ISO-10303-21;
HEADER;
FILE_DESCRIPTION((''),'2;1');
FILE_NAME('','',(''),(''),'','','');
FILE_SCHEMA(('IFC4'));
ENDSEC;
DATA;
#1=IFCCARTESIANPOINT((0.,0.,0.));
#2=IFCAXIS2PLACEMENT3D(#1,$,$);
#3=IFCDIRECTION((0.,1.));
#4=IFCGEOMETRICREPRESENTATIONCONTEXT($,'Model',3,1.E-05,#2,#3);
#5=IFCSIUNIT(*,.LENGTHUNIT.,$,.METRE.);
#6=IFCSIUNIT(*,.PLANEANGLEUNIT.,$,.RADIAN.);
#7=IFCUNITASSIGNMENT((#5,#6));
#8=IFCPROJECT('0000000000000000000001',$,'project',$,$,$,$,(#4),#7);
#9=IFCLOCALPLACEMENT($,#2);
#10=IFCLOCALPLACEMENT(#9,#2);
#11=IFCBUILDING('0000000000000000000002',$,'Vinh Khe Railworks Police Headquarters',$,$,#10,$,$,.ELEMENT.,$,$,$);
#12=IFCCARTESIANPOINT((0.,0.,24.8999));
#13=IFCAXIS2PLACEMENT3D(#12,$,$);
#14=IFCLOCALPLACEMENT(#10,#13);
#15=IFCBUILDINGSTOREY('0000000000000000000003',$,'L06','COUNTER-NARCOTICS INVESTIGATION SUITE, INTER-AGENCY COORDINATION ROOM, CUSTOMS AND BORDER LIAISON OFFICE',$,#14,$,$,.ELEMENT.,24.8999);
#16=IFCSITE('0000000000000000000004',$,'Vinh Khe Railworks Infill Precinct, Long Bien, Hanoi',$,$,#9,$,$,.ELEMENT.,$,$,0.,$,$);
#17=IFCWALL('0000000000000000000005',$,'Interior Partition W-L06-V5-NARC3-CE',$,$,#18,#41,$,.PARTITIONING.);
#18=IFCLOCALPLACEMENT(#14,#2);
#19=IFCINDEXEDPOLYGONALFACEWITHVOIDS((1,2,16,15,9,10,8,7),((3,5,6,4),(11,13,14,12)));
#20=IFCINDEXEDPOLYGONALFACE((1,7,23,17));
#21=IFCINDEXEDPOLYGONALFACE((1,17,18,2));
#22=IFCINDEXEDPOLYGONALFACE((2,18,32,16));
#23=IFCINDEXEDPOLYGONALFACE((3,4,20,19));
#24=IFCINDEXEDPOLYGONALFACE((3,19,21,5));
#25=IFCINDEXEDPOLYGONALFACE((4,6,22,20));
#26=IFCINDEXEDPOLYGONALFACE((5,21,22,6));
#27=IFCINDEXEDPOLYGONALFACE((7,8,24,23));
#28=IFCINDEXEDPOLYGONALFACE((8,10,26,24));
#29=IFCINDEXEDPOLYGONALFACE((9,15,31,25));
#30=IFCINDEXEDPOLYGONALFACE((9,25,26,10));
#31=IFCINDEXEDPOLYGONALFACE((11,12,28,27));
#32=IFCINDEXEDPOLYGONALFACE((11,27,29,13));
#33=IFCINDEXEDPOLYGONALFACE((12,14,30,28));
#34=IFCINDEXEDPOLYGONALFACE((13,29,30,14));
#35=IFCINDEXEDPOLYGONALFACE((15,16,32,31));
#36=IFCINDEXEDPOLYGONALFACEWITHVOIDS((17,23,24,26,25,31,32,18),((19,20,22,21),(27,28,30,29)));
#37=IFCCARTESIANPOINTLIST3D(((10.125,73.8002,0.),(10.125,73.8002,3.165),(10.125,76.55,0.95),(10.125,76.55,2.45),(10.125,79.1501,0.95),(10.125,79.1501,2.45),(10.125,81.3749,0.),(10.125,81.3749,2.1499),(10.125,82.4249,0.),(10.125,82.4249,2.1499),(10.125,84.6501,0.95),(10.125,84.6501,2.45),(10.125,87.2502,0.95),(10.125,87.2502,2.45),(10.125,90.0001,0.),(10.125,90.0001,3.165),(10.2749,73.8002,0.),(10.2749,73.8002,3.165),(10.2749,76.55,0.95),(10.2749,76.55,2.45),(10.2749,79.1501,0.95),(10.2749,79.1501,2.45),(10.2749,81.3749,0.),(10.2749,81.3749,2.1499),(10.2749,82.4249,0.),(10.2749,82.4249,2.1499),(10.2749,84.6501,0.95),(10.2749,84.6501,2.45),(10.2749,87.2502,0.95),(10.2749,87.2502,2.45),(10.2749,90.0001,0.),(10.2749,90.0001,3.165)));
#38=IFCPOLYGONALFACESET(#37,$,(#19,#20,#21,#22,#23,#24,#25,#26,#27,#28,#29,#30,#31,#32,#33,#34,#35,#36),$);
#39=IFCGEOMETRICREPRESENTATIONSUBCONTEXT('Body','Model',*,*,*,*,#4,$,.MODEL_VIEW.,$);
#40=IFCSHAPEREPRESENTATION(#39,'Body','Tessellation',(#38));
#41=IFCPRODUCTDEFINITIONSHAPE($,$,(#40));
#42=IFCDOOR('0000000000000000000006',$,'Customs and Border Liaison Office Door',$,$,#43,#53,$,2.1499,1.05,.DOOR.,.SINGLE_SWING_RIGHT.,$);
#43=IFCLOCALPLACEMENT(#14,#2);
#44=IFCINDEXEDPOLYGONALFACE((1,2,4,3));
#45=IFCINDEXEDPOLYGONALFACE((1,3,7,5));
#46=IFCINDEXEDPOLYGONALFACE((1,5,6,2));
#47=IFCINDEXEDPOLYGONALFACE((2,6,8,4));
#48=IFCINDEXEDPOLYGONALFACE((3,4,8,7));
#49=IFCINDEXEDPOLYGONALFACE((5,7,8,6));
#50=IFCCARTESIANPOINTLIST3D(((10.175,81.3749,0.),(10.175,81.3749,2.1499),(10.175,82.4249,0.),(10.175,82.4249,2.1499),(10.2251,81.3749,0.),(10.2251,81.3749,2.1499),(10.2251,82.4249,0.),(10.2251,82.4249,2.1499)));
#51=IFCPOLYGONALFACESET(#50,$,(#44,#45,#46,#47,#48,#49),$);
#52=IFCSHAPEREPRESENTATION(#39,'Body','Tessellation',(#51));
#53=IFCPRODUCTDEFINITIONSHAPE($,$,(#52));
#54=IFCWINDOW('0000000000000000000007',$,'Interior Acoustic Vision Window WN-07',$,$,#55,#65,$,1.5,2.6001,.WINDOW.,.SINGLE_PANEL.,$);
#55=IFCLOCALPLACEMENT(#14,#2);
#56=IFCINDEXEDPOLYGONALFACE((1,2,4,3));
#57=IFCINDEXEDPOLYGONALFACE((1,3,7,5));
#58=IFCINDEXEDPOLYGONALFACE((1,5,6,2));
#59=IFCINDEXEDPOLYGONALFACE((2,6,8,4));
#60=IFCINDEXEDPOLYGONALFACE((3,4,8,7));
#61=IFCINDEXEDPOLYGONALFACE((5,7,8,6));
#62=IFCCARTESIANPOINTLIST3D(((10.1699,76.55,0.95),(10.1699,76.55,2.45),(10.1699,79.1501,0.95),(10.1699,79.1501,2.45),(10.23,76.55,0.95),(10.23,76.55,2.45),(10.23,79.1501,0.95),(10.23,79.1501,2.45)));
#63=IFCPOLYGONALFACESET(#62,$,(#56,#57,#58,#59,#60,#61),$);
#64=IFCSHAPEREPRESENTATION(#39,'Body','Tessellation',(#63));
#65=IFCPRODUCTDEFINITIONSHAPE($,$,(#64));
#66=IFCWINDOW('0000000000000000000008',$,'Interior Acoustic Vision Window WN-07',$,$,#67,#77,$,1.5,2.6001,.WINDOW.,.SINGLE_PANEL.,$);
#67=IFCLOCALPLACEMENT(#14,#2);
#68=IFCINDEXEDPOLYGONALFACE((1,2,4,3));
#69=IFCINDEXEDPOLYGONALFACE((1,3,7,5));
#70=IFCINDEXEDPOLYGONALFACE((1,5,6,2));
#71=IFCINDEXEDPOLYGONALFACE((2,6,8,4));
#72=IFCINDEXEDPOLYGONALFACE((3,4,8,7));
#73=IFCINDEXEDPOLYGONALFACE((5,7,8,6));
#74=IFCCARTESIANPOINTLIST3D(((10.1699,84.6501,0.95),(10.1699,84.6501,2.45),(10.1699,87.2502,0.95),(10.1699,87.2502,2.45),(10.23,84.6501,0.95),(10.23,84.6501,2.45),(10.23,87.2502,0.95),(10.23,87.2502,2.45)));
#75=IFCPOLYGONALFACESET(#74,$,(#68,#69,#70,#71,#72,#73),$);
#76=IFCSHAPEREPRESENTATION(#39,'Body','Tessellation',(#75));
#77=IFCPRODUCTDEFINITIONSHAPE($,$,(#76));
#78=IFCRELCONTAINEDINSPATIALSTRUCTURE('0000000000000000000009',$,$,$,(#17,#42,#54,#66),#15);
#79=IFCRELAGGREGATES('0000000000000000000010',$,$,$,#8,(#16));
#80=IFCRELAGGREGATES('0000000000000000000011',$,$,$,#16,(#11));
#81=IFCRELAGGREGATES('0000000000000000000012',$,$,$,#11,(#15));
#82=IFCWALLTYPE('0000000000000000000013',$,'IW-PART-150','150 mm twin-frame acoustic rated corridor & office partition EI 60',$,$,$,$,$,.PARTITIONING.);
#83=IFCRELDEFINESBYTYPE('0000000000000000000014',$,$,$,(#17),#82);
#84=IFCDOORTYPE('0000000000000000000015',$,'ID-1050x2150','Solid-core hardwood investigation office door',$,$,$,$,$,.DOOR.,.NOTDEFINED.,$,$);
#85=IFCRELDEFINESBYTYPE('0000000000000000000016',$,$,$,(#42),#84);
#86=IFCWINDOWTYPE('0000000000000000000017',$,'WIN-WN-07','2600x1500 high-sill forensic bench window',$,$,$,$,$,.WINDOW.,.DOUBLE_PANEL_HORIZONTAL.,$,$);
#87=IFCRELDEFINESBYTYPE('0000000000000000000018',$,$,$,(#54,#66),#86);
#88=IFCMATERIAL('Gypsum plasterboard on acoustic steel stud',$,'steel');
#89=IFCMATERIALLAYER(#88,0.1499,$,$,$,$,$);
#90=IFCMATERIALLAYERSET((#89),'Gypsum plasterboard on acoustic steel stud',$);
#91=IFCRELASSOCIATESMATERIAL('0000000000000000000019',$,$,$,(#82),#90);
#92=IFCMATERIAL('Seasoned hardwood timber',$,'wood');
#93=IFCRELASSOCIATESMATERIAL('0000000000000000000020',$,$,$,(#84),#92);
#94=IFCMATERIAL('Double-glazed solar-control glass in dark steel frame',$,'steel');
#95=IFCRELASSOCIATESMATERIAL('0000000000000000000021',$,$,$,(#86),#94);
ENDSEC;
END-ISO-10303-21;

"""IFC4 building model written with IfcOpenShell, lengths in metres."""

from ifc_helpers import new_model, si_unit, direction, frame, frame_2d, origin, place, context, subcontext, project, spatial, rectangle, extrude, material, layer, layer_set, type_object, element, fill, save


model = new_model("IFC4")

# Units and contexts
model_context = context("Model", 3, precision=1e-05, world=origin(), true_north=direction((0.0, 1.0)))
body_context = subcontext(model_context, "Body", "Model", "MODEL_VIEW")
ifc_project = project(units=[si_unit("LENGTHUNIT", "METRE"), si_unit("PLANEANGLEUNIT", "RADIAN")], contexts=[model_context])

# Site, building, storey
site_placement = place(None, origin())
site = spatial("IfcSite", under=ifc_project, at=site_placement, Name="Vinh Khe Railworks Infill Precinct, Long Bien, Hanoi", CompositionType="ELEMENT", RefElevation=0.0)
building_placement = place(site_placement, origin())
building = spatial("IfcBuilding", under=site, at=building_placement, Name="Vinh Khe Railworks Police Headquarters", CompositionType="ELEMENT")
storey_placement = place(building_placement, frame((0.0, 0.0, 24.8999)))
storey = spatial("IfcBuildingStorey", under=building, at=storey_placement, Name="L06", Description="COUNTER-NARCOTICS INVESTIGATION SUITE, INTER-AGENCY COORDINATION ROOM, CUSTOMS AND BORDER LIAISON OFFICE", CompositionType="ELEMENT", Elevation=24.8999)

# Wall, openings, door, windows
ifc_material_1 = material(Name="Gypsum plasterboard on acoustic steel stud", Category="steel")
ifc_layer_1 = layer(ifc_material_1, 0.1499)
ifc_layer_set_1 = layer_set([ifc_layer_1], Name="Gypsum plasterboard on acoustic steel stud")
wall_type_1 = type_object("IfcWallType", Name="IW-PART-150", Description="150 mm twin-frame acoustic rated corridor & office partition EI 60", PredefinedType="PARTITIONING", material=ifc_layer_set_1)
wall_1_placement = place(storey_placement, frame((10.2, 73.8, 0.0), z_axis=(0.0, 0.0, 1.0), x_axis=(0.0, 1.0, 0.0)))
wall_1 = element("IfcWall", 1, at=wall_1_placement, inside=storey, type_object=wall_type_1, Name="Interior Partition W-L06-V5-NARC3-CE", PredefinedType="PARTITIONING", context=body_context, shape_type="SweptSolid", body=[
    extrude(rectangle(XDim=16.2, YDim=0.1499, at=frame_2d((8.1001, 0.0))), origin(), (0.0, 0.0, 1.0), 3.165),
])
opening_1_placement = place(wall_1_placement, frame((7.575, 0.0, 0.0)))
opening_1 = element("IfcOpeningElement", 2, at=opening_1_placement, cuts=wall_1, PredefinedType="OPENING", context=body_context, shape_type="SweptSolid", body=[
    extrude(rectangle(XDim=1.05, YDim=2.1499, at=frame_2d((0.5249, 1.075))), frame((0.0, 0.0898, 0.0), z_axis=(0.0, -1.0, 0.0), x_axis=(1.0, 0.0, 0.0)), (0.0, 0.0, 1.0), 0.1797),
])
opening_2_placement = place(wall_1_placement, frame((2.75, 0.0, 0.95)))
opening_2 = element("IfcOpeningElement", 3, at=opening_2_placement, cuts=wall_1, PredefinedType="OPENING", context=body_context, shape_type="SweptSolid", body=[
    extrude(rectangle(XDim=2.6001, YDim=1.5, at=frame_2d((1.3, 0.75))), frame((0.0, 0.0898, 0.0), z_axis=(0.0, -1.0, 0.0), x_axis=(1.0, 0.0, 0.0)), (0.0, 0.0, 1.0), 0.1797),
])
opening_3_placement = place(wall_1_placement, frame((10.8501, 0.0, 0.95)))
opening_3 = element("IfcOpeningElement", 4, at=opening_3_placement, cuts=wall_1, PredefinedType="OPENING", context=body_context, shape_type="SweptSolid", body=[
    extrude(rectangle(XDim=2.6001, YDim=1.5, at=frame_2d((1.3, 0.75))), frame((0.0, 0.0898, 0.0), z_axis=(0.0, -1.0, 0.0), x_axis=(1.0, 0.0, 0.0)), (0.0, 0.0, 1.0), 0.1797),
])
ifc_material_2 = material(Name="Seasoned hardwood timber", Category="wood")
door_type_1 = type_object("IfcDoorType", Name="ID-1050x2150", Description="Solid-core hardwood investigation office door", OperationType="NOTDEFINED", PredefinedType="DOOR", material=ifc_material_2)
door_1_placement = place(opening_1_placement, origin())
door_1 = element("IfcDoor", 5, at=door_1_placement, inside=storey, type_object=door_type_1, Name="Customs and Border Liaison Office Door", OperationType="SINGLE_SWING_RIGHT", OverallHeight=2.1499, OverallWidth=1.05, PredefinedType="DOOR", context=body_context, shape_type="SweptSolid", body=[
    extrude(rectangle(XDim=1.05, YDim=2.1499, at=frame_2d((0.5249, 1.075))), frame((0.0, 0.0249, 0.0), z_axis=(0.0, -1.0, 0.0), x_axis=(1.0, 0.0, 0.0)), (0.0, 0.0, 1.0), 0.05),
])
fill(opening_1, door_1)
ifc_material_3 = material(Name="Double-glazed solar-control glass in dark steel frame", Category="steel")
window_type = type_object("IfcWindowType", Name="WIN-WN-07", Description="2600x1500 high-sill forensic bench window", PartitioningType="DOUBLE_PANEL_HORIZONTAL", PredefinedType="WINDOW", material=ifc_material_3)
window_1_placement = place(opening_2_placement, origin())
window_1 = element("IfcWindow", 6, at=window_1_placement, inside=storey, type_object=window_type, Name="Interior Acoustic Vision Window WN-07", OverallHeight=1.5, OverallWidth=2.6001, PartitioningType="SINGLE_PANEL", PredefinedType="WINDOW", context=body_context, shape_type="SweptSolid", body=[
    extrude(rectangle(XDim=2.6001, YDim=1.5, at=frame_2d((1.3, 0.75))), frame((0.0, 0.03, 0.0), z_axis=(0.0, -1.0, 0.0), x_axis=(1.0, 0.0, 0.0)), (0.0, 0.0, 1.0), 0.0601),
])
fill(opening_2, window_1)
window_2_placement = place(opening_3_placement, origin())
window_2 = element("IfcWindow", 7, at=window_2_placement, inside=storey, type_object=window_type, Name="Interior Acoustic Vision Window WN-07", OverallHeight=1.5, OverallWidth=2.6001, PartitioningType="SINGLE_PANEL", PredefinedType="WINDOW", context=body_context, shape_type="SweptSolid", body=[
    extrude(rectangle(XDim=2.6001, YDim=1.5, at=frame_2d((1.3, 0.75))), frame((0.0, 0.03, 0.0), z_axis=(0.0, -1.0, 0.0), x_axis=(1.0, 0.0, 0.0)), (0.0, 0.0, 1.0), 0.0601),
])
fill(opening_3, window_2)

save(model, "model.ifc")
